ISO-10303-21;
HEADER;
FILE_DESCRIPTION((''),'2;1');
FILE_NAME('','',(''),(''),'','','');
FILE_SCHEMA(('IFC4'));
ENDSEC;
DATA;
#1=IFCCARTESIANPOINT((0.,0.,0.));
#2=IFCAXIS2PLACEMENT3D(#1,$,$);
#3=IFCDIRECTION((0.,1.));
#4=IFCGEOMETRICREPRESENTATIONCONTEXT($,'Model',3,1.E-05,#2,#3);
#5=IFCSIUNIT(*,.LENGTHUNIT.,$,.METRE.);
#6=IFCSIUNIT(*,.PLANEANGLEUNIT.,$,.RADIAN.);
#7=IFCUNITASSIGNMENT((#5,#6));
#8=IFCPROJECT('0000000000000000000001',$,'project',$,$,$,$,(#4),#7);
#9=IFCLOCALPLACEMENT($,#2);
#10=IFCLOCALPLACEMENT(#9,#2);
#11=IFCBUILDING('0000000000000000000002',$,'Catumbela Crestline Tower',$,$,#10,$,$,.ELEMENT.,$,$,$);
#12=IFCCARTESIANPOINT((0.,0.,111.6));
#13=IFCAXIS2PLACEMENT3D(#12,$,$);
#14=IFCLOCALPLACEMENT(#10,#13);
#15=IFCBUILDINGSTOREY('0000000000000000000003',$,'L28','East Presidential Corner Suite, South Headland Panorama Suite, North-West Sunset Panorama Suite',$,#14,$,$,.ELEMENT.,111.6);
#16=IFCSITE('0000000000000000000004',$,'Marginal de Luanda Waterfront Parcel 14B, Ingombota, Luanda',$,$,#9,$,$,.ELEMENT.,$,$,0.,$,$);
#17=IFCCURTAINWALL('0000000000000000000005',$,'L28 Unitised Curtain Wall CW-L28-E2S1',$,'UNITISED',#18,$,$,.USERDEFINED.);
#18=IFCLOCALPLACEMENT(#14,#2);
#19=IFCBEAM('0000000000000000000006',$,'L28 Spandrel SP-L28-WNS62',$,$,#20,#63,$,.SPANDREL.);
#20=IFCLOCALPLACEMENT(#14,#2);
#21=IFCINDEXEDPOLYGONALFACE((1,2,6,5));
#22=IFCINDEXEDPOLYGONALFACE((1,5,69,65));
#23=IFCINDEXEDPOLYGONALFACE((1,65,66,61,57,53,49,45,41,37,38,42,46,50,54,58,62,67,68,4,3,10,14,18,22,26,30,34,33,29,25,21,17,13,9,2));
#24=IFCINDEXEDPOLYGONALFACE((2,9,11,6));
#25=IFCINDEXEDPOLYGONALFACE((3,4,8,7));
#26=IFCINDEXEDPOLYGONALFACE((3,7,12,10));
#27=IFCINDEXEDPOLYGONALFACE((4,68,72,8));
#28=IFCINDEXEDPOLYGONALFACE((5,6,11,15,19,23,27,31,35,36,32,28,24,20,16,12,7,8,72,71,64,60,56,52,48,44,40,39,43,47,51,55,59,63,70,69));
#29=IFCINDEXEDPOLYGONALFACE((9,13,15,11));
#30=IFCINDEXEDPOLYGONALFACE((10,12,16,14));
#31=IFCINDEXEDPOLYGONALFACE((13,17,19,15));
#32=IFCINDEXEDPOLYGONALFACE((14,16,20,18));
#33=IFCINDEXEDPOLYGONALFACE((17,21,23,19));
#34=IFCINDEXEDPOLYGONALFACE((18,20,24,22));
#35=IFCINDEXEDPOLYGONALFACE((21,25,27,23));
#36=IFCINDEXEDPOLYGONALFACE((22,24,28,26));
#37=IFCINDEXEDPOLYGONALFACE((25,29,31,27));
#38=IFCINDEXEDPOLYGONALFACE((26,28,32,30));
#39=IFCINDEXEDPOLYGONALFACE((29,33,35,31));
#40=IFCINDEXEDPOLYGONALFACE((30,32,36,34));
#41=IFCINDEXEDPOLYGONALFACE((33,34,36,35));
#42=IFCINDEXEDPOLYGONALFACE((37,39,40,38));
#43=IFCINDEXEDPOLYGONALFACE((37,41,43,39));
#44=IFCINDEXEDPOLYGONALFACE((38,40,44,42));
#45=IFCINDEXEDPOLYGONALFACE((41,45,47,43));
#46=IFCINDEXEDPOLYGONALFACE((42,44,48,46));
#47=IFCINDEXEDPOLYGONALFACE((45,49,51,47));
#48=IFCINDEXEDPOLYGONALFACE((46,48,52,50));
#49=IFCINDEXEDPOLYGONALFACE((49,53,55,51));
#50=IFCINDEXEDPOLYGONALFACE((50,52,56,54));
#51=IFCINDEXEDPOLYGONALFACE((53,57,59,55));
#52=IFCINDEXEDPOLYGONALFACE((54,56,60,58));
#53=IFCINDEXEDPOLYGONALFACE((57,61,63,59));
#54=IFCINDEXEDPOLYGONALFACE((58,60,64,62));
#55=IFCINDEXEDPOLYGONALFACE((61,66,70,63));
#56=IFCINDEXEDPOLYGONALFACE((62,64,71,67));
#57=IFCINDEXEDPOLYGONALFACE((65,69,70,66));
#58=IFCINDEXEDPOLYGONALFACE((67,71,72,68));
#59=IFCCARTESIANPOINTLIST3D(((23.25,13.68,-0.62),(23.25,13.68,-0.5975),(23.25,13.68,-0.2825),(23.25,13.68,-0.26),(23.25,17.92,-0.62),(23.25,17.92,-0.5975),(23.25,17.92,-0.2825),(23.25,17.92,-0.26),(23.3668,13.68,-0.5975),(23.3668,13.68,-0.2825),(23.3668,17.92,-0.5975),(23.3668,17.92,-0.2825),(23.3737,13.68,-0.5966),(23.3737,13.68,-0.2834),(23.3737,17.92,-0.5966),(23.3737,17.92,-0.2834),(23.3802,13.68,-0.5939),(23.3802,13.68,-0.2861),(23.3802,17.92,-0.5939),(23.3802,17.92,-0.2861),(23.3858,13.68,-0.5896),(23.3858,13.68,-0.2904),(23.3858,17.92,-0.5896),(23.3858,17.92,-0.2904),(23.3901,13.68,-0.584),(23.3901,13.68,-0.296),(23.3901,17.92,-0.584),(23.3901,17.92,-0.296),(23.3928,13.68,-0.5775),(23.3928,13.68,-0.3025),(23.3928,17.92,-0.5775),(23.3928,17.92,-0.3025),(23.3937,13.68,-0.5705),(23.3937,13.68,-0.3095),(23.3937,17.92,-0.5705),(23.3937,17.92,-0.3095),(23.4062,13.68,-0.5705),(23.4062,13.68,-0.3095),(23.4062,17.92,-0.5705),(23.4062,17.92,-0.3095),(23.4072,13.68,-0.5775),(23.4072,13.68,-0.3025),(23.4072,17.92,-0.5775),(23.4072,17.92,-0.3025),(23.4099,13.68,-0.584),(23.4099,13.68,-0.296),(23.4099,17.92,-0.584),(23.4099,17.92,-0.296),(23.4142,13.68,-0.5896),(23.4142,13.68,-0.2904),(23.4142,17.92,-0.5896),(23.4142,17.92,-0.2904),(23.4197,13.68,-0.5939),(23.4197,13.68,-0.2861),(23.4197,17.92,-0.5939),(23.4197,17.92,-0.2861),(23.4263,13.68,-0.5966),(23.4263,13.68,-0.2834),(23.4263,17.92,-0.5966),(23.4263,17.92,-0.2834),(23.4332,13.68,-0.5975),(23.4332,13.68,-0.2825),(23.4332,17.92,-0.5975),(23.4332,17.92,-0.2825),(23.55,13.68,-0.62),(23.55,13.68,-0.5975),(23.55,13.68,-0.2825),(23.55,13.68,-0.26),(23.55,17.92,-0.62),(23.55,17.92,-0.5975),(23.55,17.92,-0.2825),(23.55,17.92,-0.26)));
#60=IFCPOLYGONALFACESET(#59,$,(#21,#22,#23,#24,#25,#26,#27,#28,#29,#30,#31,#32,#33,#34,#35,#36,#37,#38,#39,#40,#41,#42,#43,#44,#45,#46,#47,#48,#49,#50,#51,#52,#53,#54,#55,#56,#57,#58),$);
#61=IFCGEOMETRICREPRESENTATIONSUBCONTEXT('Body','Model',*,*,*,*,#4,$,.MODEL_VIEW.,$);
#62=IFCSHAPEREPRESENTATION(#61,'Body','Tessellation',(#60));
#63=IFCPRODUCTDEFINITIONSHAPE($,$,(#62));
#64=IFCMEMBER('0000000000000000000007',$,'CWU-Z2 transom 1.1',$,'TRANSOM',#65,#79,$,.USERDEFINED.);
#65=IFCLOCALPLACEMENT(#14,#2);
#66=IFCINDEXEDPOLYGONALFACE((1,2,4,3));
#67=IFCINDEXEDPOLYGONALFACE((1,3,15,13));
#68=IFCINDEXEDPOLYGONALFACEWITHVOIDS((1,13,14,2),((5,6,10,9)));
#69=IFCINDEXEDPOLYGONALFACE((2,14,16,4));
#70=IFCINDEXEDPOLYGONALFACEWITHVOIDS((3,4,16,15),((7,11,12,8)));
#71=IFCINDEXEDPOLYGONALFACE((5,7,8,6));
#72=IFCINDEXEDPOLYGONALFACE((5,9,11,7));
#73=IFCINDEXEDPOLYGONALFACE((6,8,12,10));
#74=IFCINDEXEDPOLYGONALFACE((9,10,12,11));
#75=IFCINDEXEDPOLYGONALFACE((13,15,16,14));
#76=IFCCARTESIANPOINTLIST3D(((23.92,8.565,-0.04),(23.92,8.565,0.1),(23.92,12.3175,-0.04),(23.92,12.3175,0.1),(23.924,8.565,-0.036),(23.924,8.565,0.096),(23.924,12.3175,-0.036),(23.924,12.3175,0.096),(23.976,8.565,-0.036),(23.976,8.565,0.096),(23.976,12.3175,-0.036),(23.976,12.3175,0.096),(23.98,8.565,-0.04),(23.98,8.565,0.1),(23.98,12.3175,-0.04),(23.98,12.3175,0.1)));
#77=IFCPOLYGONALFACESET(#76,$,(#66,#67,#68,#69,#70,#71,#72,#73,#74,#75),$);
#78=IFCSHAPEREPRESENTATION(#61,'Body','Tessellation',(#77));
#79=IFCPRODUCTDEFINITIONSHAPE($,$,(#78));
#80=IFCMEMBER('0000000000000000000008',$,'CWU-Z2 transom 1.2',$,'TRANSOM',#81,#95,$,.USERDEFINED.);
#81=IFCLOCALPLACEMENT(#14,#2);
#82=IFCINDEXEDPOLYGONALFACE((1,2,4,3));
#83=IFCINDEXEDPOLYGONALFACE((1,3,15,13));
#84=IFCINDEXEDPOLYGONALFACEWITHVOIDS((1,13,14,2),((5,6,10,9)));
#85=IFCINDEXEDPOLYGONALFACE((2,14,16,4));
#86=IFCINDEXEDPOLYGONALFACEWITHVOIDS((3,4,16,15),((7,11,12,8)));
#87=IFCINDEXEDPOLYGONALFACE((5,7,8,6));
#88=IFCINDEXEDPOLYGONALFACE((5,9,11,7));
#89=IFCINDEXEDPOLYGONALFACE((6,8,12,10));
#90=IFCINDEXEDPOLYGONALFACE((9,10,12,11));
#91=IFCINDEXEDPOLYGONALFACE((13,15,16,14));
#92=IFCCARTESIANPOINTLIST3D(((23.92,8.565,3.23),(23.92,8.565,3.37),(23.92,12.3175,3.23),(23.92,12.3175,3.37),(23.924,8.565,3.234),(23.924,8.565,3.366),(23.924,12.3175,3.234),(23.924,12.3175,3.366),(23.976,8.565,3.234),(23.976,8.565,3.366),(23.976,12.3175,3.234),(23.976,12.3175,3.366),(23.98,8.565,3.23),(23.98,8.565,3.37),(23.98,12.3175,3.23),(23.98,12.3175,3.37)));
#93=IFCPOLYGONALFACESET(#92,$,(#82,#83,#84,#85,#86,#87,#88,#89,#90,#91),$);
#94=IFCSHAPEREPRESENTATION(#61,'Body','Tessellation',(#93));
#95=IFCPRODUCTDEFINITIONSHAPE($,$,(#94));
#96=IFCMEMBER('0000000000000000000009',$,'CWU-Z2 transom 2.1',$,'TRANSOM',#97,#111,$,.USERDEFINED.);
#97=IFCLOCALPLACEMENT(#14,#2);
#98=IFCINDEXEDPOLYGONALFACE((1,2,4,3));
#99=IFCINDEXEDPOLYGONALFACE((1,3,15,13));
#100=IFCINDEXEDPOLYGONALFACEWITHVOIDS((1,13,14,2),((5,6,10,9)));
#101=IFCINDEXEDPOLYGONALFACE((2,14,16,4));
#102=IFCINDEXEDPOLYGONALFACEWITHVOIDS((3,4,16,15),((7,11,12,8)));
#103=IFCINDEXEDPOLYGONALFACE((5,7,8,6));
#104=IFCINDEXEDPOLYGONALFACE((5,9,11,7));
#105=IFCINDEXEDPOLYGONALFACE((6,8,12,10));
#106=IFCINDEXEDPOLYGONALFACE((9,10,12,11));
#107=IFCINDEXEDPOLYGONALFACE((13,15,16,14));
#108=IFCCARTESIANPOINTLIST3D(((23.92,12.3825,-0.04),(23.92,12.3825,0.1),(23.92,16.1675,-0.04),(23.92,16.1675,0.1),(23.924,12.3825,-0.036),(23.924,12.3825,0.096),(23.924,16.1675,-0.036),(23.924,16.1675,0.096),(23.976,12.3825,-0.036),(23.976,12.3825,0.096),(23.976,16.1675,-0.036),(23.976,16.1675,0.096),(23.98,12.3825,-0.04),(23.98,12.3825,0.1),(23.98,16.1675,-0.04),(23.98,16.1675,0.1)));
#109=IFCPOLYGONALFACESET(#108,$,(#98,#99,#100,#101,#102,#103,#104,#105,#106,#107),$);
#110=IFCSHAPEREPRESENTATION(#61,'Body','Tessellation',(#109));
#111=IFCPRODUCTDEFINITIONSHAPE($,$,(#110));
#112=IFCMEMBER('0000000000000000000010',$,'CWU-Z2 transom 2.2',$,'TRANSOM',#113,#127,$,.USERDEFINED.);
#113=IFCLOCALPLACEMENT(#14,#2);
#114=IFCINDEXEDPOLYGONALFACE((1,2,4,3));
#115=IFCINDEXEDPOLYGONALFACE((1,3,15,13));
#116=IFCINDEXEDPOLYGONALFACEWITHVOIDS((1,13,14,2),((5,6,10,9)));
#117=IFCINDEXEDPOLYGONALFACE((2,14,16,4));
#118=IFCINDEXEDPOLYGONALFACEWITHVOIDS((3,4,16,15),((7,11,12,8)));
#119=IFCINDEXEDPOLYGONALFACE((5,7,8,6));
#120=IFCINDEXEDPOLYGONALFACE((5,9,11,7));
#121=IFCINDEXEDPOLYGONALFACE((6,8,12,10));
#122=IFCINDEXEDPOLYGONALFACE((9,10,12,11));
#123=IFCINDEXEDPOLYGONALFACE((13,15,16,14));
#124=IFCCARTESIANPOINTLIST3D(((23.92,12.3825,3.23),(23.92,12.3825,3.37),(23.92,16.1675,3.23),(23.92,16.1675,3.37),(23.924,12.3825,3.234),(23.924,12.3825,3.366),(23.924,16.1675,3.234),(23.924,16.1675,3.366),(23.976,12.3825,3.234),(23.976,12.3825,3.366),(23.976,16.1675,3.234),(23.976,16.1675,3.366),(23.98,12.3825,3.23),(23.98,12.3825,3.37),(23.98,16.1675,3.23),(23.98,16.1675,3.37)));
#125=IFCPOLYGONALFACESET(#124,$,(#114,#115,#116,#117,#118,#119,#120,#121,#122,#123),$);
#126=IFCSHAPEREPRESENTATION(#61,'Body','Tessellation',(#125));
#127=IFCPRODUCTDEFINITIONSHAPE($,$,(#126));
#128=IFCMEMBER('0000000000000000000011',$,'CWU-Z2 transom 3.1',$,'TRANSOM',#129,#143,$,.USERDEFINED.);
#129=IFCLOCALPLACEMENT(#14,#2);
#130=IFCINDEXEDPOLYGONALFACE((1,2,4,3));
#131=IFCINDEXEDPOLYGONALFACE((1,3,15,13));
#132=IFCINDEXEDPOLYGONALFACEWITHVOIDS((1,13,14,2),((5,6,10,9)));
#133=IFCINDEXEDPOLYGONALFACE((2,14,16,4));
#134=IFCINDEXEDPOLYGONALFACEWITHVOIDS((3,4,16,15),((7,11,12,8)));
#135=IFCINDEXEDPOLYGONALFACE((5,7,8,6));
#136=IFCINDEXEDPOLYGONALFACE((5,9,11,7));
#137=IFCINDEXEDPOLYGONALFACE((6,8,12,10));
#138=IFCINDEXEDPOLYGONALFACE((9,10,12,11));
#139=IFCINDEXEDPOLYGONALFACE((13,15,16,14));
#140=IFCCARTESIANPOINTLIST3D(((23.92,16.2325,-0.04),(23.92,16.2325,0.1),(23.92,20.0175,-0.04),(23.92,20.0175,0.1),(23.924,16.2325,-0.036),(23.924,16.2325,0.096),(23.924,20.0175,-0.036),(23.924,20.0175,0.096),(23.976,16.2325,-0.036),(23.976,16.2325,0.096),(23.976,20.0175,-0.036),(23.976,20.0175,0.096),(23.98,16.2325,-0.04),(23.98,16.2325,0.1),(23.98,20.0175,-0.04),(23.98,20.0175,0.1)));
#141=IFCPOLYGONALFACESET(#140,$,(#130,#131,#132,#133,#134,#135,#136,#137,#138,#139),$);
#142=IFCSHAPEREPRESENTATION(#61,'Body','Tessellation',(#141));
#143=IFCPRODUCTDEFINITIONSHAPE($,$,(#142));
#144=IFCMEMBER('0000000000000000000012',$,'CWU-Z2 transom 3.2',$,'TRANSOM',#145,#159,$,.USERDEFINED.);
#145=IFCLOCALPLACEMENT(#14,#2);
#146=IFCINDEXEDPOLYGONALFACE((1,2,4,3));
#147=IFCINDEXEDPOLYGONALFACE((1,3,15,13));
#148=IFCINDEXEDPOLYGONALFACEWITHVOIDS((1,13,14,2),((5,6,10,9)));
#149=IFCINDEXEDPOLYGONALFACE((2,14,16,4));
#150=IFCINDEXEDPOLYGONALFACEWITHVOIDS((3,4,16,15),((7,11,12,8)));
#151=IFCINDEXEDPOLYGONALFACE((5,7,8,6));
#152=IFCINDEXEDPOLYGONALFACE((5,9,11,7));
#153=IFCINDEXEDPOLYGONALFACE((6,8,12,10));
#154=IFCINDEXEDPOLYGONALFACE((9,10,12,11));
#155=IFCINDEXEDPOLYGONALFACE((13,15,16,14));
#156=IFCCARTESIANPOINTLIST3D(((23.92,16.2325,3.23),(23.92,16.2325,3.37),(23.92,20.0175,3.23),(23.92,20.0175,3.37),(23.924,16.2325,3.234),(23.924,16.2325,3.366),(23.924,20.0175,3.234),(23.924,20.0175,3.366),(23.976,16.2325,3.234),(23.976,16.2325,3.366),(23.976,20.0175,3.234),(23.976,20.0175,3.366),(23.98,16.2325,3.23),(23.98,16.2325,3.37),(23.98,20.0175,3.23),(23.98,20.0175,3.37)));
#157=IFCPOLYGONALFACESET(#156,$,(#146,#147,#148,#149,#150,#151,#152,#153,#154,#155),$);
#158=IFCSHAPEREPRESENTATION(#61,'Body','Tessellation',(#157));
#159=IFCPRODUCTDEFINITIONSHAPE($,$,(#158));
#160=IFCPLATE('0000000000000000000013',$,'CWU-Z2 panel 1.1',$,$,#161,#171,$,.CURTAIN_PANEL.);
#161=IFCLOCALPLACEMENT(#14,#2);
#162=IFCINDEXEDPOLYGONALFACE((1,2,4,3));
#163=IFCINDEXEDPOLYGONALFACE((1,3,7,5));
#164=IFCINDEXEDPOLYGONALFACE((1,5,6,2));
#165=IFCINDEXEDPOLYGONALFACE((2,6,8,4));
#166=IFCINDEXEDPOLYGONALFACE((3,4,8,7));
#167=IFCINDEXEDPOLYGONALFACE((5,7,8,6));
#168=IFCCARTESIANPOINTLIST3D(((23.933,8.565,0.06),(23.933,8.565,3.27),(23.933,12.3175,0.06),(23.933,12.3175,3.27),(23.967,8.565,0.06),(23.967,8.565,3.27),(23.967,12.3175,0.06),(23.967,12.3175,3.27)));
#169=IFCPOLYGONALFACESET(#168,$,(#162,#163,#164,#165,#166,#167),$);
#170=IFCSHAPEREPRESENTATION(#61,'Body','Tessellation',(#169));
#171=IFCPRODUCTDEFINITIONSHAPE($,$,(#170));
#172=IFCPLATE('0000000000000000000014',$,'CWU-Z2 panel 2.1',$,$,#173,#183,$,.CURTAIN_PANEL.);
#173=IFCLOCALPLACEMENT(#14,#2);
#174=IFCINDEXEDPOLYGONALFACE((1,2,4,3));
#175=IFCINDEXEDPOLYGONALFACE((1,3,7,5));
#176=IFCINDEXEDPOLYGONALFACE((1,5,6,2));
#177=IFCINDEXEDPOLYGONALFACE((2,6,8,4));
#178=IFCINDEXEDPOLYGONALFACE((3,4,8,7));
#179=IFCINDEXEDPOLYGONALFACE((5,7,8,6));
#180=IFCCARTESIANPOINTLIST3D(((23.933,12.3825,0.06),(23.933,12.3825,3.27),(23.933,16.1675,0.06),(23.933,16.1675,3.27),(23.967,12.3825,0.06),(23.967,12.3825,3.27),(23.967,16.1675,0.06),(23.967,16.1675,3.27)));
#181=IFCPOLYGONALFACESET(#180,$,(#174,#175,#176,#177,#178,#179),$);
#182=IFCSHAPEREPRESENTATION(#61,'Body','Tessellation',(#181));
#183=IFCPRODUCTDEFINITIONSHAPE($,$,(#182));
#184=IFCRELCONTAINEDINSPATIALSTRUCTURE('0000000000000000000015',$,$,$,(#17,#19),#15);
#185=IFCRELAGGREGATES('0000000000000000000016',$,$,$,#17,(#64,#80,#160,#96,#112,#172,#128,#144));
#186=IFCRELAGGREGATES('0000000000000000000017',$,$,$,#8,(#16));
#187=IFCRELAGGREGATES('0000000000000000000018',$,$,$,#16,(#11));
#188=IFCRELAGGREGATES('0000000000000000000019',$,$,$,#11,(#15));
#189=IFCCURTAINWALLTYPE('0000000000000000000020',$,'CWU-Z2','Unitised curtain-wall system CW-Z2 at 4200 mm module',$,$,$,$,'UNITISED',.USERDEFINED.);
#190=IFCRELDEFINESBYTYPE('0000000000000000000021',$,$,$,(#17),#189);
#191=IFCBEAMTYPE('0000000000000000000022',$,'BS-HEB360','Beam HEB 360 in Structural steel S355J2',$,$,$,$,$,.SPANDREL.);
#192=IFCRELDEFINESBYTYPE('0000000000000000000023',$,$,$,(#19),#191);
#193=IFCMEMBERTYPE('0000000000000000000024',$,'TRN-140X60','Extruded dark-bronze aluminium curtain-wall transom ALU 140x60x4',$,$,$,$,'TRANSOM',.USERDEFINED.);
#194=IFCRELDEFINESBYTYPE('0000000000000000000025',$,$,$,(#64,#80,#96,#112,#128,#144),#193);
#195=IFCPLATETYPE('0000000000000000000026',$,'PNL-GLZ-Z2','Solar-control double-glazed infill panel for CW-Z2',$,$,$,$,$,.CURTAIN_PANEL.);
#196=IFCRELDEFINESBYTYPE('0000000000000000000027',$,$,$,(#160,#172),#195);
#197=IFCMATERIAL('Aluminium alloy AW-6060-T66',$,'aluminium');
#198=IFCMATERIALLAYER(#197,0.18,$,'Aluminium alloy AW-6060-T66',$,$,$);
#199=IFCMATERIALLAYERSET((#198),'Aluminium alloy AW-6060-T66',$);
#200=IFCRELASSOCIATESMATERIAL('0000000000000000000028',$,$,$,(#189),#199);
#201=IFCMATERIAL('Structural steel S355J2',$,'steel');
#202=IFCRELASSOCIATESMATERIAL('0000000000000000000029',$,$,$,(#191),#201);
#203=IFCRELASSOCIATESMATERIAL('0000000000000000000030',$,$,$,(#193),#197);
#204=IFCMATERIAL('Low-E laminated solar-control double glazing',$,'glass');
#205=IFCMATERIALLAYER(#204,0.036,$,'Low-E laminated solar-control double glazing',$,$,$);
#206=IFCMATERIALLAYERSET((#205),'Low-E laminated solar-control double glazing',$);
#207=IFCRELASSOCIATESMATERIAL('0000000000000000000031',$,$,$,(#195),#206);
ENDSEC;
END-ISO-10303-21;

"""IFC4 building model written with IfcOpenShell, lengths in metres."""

from ifc_helpers import new_model, si_unit, direction, frame, origin, origin_2d, place, context, subcontext, project, spatial, rectangle, hollow_rectangle, i_section, extrude, material, layer, layer_set, material_profile, profile_set, type_object, element, aggregate, save


model = new_model("IFC4")

# Units and contexts
model_context = context("Model", 3, precision=1e-05, world=origin(), true_north=direction((0.0, 1.0)))
body_context = subcontext(model_context, "Body", "Model", "MODEL_VIEW")
ifc_project = project(units=[si_unit("LENGTHUNIT", "METRE"), si_unit("PLANEANGLEUNIT", "RADIAN")], contexts=[model_context])

# Site, building, storey
site_placement = place(None, origin())
site = spatial("IfcSite", under=ifc_project, at=site_placement, Name="Marginal de Luanda Waterfront Parcel 14B, Ingombota, Luanda", CompositionType="ELEMENT", RefElevation=0.0)
building_placement = place(site_placement, origin())
building = spatial("IfcBuilding", under=site, at=building_placement, Name="Catumbela Crestline Tower", CompositionType="ELEMENT")
storey_placement = place(building_placement, frame((0.0, 0.0, 111.6)))
storey = spatial("IfcBuildingStorey", under=building, at=storey_placement, Name="L28", Description="East Presidential Corner Suite, South Headland Panorama Suite, North-West Sunset Panorama Suite", CompositionType="ELEMENT", Elevation=111.6)

# Shared definitions
ifc_material_1 = material(Name="Structural steel S355J2", Category="steel")

# Shared definitions
ifc_material_2 = material(Name="Aluminium alloy AW-6060-T66", Category="aluminium")
ifc_layer_1 = layer(ifc_material_2, 0.18, Name="Aluminium alloy AW-6060-T66")
ifc_layer_set_1 = layer_set([ifc_layer_1], Name="Aluminium alloy AW-6060-T66")
curtain_wall_type = type_object("IfcCurtainWallType", Name="CWU-Z2", Description="Unitised curtain-wall system CW-Z2 at 4200 mm module", ElementType="UNITISED", PredefinedType="USERDEFINED", material=ifc_layer_set_1)

# Curtain wall
curtain_wall_1_placement = place(storey_placement, origin())
curtain_wall_1 = element("IfcCurtainWall", 1, at=curtain_wall_1_placement, inside=storey, type_object=curtain_wall_type, Name="L28 Unitised Curtain Wall CW-L28-E2S1", ObjectType="UNITISED", PredefinedType="USERDEFINED")

# Beam
ifc_material_profile_1 = material_profile(ifc_material_1, i_section(OverallWidth=0.3, OverallDepth=0.36, WebThickness=0.0125, FlangeThickness=0.0225, FilletRadius=0.027, at=origin_2d()), Name="HEB 360")
ifc_profile_set_1 = profile_set([ifc_material_profile_1], Name="Structural steel S355J2")
beam_type_1 = type_object("IfcBeamType", Name="BS-HEB360", Description="Beam HEB 360 in Structural steel S355J2", PredefinedType="SPANDREL", material=ifc_profile_set_1)
beam_1_placement = place(storey_placement, frame((23.4, 13.68, -0.44), z_axis=(0.0, 1.0, 0.0), x_axis=(-1.0, 0.0, 0.0)))
element("IfcBeam", 2, at=beam_1_placement, inside=storey, type_object=beam_type_1, Name="L28 Spandrel SP-L28-WNS62", PredefinedType="SPANDREL", context=body_context, shape_type="SweptSolid", body=[
    extrude(i_section(OverallWidth=0.3, OverallDepth=0.36, WebThickness=0.0125, FlangeThickness=0.0225, FilletRadius=0.027, at=origin_2d()), origin(), (0.0, 0.0, 1.0), 4.24),
])

# Members
ifc_material_profile_2 = material_profile(ifc_material_2, hollow_rectangle(XDim=0.06, YDim=0.14, WallThickness=0.004, at=origin_2d()), Name="ALU 140x60x4")
ifc_profile_set_2 = profile_set([ifc_material_profile_2], Name="Aluminium alloy AW-6060-T66")
member_type_1 = type_object("IfcMemberType", Name="TRN-140X60", Description="Extruded dark-bronze aluminium curtain-wall transom ALU 140x60x4", ElementType="TRANSOM", PredefinedType="USERDEFINED", material=ifc_profile_set_2)
member_1_placement = place(storey_placement, frame((23.95, 8.565, 0.03), z_axis=(0.0, 1.0, 0.0), x_axis=(-1.0, 0.0, 0.0)))
member_1 = element("IfcMember", 3, at=member_1_placement, type_object=member_type_1, Name="CWU-Z2 transom 1.1", ObjectType="TRANSOM", PredefinedType="USERDEFINED", context=body_context, shape_type="SweptSolid", body=[
    extrude(hollow_rectangle(XDim=0.06, YDim=0.14, WallThickness=0.004, at=origin_2d()), origin(), (0.0, 0.0, 1.0), 3.7525),
])
member_2_placement = place(storey_placement, frame((23.95, 8.565, 3.3), z_axis=(0.0, 1.0, 0.0), x_axis=(-1.0, 0.0, 0.0)))
member_2 = element("IfcMember", 4, at=member_2_placement, type_object=member_type_1, Name="CWU-Z2 transom 1.2", ObjectType="TRANSOM", PredefinedType="USERDEFINED", context=body_context, shape_type="SweptSolid", body=[
    extrude(hollow_rectangle(XDim=0.06, YDim=0.14, WallThickness=0.004, at=origin_2d()), origin(), (0.0, 0.0, 1.0), 3.7525),
])
member_3_placement = place(storey_placement, frame((23.95, 12.3825, 0.03), z_axis=(0.0, 1.0, 0.0), x_axis=(-1.0, 0.0, 0.0)))
member_3 = element("IfcMember", 5, at=member_3_placement, type_object=member_type_1, Name="CWU-Z2 transom 2.1", ObjectType="TRANSOM", PredefinedType="USERDEFINED", context=body_context, shape_type="SweptSolid", body=[
    extrude(hollow_rectangle(XDim=0.06, YDim=0.14, WallThickness=0.004, at=origin_2d()), origin(), (0.0, 0.0, 1.0), 3.785),
])
member_4_placement = place(storey_placement, frame((23.95, 12.3825, 3.3), z_axis=(0.0, 1.0, 0.0), x_axis=(-1.0, 0.0, 0.0)))
member_4 = element("IfcMember", 6, at=member_4_placement, type_object=member_type_1, Name="CWU-Z2 transom 2.2", ObjectType="TRANSOM", PredefinedType="USERDEFINED", context=body_context, shape_type="SweptSolid", body=[
    extrude(hollow_rectangle(XDim=0.06, YDim=0.14, WallThickness=0.004, at=origin_2d()), origin(), (0.0, 0.0, 1.0), 3.785),
])
member_5_placement = place(storey_placement, frame((23.95, 16.2325, 0.03), z_axis=(0.0, 1.0, 0.0), x_axis=(-1.0, 0.0, 0.0)))
member_5 = element("IfcMember", 7, at=member_5_placement, type_object=member_type_1, Name="CWU-Z2 transom 3.1", ObjectType="TRANSOM", PredefinedType="USERDEFINED", context=body_context, shape_type="SweptSolid", body=[
    extrude(hollow_rectangle(XDim=0.06, YDim=0.14, WallThickness=0.004, at=origin_2d()), origin(), (0.0, 0.0, 1.0), 3.785),
])
member_6_placement = place(storey_placement, frame((23.95, 16.2325, 3.3), z_axis=(0.0, 1.0, 0.0), x_axis=(-1.0, 0.0, 0.0)))
member_6 = element("IfcMember", 8, at=member_6_placement, type_object=member_type_1, Name="CWU-Z2 transom 3.2", ObjectType="TRANSOM", PredefinedType="USERDEFINED", context=body_context, shape_type="SweptSolid", body=[
    extrude(hollow_rectangle(XDim=0.06, YDim=0.14, WallThickness=0.004, at=origin_2d()), origin(), (0.0, 0.0, 1.0), 3.785),
])

# Plates
ifc_material_3 = material(Name="Low-E laminated solar-control double glazing", Category="glass")
ifc_layer_2 = layer(ifc_material_3, 0.036, Name="Low-E laminated solar-control double glazing")
ifc_layer_set_2 = layer_set([ifc_layer_2], Name="Low-E laminated solar-control double glazing")
plate_type = type_object("IfcPlateType", Name="PNL-GLZ-Z2", Description="Solar-control double-glazed infill panel for CW-Z2", PredefinedType="CURTAIN_PANEL", material=ifc_layer_set_2)
plate_1_placement = place(storey_placement, frame((23.95, 10.4412, 0.06), z_axis=(0.0, 0.0, 1.0), x_axis=(0.0, 1.0, 0.0)))
plate_1 = element("IfcPlate", 9, at=plate_1_placement, type_object=plate_type, Name="CWU-Z2 panel 1.1", PredefinedType="CURTAIN_PANEL", context=body_context, shape_type="SweptSolid", body=[
    extrude(rectangle(XDim=3.7525, YDim=0.034, at=origin_2d()), origin(), (0.0, 0.0, 1.0), 3.21),
])
plate_2_placement = place(storey_placement, frame((23.95, 14.275, 0.06), z_axis=(0.0, 0.0, 1.0), x_axis=(0.0, 1.0, 0.0)))
plate_2 = element("IfcPlate", 10, at=plate_2_placement, type_object=plate_type, Name="CWU-Z2 panel 2.1", PredefinedType="CURTAIN_PANEL", context=body_context, shape_type="SweptSolid", body=[
    extrude(rectangle(XDim=3.785, YDim=0.034, at=origin_2d()), origin(), (0.0, 0.0, 1.0), 3.21),
])
aggregate(curtain_wall_1, [member_1, member_2, plate_1, member_3, member_4, plate_2, member_5, member_6])

save(model, "model.ifc")
